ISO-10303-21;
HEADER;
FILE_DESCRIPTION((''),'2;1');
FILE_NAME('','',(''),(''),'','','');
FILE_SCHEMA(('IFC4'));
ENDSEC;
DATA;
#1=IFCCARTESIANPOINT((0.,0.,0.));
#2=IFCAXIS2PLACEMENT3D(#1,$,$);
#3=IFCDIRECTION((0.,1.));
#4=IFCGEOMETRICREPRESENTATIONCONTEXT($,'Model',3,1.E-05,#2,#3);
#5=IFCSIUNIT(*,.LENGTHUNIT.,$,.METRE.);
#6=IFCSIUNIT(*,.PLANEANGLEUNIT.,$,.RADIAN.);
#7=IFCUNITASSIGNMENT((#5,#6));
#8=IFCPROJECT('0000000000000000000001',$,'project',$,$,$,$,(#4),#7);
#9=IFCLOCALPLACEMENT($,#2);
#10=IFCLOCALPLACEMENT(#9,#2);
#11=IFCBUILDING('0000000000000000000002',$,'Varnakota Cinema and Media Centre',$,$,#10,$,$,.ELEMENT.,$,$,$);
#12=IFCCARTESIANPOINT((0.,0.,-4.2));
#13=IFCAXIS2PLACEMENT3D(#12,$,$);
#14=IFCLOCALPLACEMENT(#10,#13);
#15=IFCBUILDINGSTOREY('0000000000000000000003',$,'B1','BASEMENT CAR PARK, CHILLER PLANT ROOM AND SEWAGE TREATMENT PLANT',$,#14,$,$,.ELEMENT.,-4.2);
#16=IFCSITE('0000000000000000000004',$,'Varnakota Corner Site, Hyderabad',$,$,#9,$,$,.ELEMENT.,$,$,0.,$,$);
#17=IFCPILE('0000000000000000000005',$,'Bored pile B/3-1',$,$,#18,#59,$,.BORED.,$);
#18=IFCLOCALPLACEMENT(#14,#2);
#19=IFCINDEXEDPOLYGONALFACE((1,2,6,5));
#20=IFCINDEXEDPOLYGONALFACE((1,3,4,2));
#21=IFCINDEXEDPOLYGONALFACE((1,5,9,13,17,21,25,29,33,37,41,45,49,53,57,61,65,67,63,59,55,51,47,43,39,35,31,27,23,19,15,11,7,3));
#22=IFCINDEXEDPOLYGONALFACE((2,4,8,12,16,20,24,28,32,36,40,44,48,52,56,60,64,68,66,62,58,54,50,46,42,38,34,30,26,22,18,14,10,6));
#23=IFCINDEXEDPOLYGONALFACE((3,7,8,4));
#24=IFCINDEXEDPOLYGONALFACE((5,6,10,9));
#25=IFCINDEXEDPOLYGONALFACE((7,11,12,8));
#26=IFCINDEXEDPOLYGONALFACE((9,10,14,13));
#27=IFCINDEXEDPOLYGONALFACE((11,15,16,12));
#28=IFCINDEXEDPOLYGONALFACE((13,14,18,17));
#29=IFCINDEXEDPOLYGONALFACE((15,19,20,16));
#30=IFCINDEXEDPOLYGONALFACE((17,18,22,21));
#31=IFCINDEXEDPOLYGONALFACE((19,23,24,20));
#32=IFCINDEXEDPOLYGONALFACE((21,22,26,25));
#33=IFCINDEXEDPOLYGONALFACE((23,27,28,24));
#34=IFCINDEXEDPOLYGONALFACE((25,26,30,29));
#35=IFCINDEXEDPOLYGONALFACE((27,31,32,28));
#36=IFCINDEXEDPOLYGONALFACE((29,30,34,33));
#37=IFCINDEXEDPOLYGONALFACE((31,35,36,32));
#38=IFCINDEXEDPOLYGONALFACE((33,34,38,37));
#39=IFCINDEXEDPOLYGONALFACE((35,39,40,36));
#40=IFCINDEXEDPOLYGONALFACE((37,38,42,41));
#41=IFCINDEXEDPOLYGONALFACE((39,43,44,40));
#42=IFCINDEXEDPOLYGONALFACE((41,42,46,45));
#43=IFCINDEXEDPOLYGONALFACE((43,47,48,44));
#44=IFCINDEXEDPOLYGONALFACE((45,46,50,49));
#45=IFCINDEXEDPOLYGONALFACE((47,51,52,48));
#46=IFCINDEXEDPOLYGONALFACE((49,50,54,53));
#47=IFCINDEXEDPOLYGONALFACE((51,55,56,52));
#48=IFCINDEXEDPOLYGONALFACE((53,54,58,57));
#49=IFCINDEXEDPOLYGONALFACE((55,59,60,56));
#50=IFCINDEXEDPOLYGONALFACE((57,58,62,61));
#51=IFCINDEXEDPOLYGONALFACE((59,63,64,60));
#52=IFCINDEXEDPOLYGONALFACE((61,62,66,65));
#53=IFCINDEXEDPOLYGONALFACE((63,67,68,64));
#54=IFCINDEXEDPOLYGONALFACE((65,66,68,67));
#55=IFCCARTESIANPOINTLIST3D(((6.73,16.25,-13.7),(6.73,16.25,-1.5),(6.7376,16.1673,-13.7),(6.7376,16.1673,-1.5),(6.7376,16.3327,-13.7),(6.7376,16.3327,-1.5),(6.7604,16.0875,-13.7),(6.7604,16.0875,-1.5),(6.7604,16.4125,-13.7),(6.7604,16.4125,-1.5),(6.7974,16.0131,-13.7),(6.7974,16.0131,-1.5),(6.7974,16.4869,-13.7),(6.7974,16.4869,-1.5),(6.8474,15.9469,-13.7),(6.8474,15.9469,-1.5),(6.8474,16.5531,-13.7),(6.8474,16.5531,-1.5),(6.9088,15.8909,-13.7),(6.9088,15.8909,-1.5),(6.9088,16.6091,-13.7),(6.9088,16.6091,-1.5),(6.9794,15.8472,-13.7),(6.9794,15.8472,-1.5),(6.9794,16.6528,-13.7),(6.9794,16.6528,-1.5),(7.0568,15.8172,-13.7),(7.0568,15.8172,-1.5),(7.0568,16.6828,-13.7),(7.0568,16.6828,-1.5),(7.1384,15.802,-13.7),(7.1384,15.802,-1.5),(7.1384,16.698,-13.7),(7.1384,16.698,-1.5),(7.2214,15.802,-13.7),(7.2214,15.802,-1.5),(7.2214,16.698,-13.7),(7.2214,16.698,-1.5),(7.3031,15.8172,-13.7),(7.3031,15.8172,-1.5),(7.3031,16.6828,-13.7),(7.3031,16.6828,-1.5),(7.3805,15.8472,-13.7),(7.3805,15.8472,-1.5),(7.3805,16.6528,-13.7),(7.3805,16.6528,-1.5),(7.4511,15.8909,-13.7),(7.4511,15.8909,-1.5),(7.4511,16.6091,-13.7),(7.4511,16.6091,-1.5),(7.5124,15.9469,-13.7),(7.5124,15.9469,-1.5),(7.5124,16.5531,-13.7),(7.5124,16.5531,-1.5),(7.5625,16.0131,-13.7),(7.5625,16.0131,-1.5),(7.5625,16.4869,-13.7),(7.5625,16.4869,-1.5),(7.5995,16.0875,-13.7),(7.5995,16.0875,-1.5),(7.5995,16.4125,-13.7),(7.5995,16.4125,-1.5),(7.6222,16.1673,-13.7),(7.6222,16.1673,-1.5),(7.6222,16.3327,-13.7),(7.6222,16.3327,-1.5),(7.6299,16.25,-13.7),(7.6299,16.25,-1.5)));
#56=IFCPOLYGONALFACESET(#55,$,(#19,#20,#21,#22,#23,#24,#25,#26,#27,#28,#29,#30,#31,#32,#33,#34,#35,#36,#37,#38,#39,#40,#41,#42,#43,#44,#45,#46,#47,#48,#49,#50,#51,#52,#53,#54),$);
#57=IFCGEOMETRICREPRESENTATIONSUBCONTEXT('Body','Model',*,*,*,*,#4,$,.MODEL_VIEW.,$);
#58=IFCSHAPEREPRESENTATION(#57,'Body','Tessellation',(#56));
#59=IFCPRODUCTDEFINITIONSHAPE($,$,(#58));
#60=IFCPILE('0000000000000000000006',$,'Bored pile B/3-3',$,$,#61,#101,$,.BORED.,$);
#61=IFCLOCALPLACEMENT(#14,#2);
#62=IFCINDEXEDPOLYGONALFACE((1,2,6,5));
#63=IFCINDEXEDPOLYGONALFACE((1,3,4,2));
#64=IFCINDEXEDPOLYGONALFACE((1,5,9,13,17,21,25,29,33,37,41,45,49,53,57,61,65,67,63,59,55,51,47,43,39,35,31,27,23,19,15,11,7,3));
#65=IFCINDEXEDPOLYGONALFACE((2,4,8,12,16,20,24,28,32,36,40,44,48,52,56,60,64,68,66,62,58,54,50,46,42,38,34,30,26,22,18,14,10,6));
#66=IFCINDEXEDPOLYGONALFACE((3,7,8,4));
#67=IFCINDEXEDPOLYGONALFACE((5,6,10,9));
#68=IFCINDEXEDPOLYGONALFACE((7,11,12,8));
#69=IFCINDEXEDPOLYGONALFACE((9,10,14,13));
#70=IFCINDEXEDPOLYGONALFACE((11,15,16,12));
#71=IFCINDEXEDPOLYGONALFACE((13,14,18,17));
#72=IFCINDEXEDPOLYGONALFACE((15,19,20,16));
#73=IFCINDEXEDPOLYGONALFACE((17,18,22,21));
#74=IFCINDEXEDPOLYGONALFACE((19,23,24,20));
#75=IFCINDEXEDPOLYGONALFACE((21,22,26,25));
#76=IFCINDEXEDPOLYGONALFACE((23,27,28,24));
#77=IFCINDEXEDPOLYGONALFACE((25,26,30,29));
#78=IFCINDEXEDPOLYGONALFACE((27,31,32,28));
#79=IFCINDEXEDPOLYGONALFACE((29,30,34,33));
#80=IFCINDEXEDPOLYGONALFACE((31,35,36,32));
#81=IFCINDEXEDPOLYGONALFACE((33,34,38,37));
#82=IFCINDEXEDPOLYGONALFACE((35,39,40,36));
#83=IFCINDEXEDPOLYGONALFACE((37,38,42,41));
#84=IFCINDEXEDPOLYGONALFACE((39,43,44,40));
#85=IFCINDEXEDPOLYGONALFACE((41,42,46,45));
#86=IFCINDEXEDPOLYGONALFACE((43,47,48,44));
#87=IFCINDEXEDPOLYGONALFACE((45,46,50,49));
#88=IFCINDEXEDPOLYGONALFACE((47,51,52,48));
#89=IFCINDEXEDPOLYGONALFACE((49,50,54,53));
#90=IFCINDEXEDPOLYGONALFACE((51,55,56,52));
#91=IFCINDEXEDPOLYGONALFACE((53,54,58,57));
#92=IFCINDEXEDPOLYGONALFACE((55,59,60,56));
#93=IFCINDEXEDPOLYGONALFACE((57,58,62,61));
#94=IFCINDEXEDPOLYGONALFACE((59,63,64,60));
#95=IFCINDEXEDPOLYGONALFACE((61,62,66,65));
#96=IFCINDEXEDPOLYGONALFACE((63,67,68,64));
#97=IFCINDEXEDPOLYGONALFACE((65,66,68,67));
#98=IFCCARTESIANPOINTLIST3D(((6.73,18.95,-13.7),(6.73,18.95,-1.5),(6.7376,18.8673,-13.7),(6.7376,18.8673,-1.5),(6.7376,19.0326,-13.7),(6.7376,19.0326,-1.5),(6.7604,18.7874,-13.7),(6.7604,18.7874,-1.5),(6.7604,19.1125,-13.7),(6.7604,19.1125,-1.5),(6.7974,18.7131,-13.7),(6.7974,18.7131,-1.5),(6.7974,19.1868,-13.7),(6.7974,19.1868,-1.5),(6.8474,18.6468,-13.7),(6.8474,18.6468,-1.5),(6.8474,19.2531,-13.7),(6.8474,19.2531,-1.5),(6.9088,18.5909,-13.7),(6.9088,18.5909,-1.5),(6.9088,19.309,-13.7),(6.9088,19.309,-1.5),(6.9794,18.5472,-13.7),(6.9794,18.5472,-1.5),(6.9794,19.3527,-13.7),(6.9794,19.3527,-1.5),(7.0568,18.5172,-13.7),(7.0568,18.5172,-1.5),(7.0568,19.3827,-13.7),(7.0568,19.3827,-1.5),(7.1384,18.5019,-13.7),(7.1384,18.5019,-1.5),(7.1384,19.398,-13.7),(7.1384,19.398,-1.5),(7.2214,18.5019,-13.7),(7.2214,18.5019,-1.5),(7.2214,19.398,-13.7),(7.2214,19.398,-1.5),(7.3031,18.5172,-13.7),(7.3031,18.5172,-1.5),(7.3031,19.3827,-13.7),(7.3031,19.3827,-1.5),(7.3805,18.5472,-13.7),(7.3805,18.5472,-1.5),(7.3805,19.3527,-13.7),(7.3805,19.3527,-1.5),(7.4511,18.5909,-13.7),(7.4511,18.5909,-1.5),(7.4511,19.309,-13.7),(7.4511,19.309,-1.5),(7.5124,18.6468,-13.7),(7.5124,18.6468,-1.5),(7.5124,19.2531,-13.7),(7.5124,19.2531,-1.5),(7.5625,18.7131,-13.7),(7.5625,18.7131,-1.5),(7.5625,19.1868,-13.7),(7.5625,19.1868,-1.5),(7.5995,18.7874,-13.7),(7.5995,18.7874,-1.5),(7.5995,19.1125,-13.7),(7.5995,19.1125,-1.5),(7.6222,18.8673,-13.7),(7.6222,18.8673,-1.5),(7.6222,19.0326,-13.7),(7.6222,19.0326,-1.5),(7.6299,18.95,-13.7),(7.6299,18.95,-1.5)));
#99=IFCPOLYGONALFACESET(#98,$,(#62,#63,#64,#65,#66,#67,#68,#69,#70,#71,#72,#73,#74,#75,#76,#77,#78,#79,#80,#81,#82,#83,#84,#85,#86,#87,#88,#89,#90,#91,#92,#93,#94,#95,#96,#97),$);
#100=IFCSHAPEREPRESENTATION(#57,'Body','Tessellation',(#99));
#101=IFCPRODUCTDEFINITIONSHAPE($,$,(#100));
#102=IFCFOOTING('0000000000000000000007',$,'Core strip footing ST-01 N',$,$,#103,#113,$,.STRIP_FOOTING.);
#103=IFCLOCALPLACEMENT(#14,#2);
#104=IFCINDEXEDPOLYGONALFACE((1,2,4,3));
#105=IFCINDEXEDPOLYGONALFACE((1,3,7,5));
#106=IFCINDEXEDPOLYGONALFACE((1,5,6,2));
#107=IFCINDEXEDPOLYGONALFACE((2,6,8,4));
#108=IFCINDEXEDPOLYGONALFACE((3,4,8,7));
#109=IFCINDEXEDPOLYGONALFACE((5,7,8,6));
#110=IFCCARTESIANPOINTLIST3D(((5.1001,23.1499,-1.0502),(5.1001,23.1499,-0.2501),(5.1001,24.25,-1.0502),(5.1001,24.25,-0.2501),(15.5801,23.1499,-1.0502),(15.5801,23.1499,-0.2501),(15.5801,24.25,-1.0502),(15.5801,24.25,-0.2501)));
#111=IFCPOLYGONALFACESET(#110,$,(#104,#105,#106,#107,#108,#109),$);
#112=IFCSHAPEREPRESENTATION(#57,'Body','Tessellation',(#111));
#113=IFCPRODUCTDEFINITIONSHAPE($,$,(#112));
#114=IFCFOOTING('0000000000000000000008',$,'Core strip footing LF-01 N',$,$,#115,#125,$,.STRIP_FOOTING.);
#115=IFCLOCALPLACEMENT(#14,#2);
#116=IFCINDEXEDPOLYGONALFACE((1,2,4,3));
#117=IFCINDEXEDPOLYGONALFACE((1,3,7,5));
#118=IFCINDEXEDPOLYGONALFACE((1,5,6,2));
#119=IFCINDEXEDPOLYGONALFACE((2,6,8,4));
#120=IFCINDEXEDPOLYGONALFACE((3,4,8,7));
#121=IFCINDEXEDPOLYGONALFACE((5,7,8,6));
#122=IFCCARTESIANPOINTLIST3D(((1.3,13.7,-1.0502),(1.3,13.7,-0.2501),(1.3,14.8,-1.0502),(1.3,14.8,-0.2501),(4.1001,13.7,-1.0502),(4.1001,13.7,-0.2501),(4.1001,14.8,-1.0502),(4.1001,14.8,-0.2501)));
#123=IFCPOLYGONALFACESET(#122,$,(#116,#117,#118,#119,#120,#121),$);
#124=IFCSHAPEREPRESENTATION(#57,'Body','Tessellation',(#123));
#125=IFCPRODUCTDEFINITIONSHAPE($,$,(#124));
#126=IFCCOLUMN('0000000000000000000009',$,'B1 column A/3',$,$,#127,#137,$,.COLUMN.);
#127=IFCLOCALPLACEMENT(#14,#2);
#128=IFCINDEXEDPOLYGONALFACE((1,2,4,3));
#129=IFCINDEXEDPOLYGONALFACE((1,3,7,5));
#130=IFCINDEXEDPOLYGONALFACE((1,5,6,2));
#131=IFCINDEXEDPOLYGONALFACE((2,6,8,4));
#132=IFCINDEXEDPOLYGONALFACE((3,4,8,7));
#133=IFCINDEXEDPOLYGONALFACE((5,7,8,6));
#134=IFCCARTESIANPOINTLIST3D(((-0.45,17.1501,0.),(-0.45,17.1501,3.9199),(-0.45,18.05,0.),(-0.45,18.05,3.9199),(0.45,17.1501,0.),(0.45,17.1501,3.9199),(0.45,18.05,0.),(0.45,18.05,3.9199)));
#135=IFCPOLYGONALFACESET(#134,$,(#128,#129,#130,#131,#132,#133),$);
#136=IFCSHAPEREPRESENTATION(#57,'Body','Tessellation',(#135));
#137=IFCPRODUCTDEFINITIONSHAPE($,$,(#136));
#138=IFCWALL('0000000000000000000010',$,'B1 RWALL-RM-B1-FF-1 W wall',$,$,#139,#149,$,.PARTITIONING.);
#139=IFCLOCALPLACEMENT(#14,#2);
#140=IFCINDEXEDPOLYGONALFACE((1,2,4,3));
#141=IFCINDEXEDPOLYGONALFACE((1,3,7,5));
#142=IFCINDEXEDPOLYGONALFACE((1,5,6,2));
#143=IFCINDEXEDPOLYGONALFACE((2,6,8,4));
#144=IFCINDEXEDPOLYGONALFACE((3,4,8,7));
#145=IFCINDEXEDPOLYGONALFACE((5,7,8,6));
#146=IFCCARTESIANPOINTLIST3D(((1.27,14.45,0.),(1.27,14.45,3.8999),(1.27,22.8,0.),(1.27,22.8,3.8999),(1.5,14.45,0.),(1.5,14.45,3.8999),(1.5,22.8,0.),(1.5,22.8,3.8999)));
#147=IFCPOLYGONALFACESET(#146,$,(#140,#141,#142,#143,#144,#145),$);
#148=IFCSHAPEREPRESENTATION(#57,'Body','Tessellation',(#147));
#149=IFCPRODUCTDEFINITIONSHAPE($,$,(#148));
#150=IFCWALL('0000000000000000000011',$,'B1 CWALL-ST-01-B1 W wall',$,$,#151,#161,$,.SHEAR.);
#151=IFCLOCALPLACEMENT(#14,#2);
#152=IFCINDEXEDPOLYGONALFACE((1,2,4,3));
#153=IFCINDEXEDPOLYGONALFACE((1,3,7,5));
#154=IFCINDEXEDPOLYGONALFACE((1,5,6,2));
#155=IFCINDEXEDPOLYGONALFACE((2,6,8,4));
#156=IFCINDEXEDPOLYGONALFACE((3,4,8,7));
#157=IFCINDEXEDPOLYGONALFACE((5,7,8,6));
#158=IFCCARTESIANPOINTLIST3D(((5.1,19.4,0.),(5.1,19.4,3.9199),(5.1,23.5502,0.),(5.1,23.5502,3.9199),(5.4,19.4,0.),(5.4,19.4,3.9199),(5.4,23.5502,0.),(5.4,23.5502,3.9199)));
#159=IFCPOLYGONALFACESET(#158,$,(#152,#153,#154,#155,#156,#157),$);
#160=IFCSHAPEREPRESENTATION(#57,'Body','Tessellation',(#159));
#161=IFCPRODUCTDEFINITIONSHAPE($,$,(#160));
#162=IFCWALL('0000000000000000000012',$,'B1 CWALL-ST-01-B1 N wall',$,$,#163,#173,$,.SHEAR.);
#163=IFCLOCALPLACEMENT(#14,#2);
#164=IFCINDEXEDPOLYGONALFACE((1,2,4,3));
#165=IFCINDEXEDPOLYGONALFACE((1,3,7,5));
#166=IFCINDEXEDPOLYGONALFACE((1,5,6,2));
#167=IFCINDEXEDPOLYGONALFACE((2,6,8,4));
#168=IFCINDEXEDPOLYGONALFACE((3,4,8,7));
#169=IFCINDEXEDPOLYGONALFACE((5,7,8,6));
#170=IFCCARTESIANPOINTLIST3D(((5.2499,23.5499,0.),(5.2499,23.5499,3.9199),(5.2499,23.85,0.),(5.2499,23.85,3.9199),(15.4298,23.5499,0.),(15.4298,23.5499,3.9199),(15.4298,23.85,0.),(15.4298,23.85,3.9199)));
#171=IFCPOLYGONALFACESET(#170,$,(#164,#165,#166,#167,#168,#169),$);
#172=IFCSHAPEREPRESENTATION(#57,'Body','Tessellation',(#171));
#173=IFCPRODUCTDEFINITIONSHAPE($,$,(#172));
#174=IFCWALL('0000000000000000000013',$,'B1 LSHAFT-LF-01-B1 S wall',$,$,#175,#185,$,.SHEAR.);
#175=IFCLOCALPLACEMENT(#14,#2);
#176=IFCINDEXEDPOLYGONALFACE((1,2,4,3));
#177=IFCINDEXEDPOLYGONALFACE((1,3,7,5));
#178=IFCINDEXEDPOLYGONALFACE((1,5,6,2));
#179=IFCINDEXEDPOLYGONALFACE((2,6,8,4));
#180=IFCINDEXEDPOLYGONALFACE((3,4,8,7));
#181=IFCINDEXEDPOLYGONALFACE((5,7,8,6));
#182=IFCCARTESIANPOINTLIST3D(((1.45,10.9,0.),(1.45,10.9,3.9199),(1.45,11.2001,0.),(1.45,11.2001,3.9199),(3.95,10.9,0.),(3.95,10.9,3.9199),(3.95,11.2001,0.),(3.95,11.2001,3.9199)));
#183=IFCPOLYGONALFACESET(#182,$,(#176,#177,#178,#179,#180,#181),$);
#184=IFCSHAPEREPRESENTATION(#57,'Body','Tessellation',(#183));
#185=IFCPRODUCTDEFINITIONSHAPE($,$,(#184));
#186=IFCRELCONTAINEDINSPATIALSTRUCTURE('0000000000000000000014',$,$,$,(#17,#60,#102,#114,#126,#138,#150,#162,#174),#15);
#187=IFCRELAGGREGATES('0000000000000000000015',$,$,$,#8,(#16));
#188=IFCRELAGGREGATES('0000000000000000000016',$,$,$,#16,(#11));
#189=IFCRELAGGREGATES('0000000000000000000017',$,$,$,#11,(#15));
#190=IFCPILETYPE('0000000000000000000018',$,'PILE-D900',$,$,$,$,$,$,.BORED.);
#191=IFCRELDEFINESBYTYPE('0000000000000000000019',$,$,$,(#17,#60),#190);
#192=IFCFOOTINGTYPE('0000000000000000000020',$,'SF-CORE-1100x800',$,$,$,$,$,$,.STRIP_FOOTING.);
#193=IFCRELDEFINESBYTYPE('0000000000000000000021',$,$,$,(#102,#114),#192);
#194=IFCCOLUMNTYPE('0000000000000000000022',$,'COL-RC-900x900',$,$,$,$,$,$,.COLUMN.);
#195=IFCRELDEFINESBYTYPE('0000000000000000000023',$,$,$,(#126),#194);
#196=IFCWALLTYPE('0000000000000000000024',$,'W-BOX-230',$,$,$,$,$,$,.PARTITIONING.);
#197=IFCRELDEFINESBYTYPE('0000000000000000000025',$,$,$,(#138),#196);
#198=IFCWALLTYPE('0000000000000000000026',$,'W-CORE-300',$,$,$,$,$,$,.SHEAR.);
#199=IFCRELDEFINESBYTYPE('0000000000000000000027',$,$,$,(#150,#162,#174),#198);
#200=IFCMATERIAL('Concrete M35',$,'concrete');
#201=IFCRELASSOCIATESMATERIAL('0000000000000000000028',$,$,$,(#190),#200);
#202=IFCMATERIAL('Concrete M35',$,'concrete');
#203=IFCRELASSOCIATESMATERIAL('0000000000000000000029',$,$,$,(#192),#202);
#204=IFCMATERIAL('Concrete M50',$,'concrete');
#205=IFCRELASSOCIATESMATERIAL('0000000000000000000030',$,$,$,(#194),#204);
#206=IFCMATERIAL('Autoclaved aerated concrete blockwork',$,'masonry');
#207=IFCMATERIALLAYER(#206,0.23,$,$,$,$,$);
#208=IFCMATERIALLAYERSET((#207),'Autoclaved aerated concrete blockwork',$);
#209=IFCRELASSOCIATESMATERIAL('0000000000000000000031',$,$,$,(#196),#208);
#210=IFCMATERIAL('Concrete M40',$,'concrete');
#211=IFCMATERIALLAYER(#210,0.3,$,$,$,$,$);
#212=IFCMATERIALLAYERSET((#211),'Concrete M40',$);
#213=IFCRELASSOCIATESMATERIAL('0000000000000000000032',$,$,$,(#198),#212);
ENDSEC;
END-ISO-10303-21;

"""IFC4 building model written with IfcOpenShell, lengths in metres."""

from ifc_helpers import new_model, si_unit, direction, frame, frame_2d, origin, origin_2d, place, context, subcontext, project, spatial, rectangle, circle, extrude, material, layer, layer_set, material_profile, profile_set, type_object, element, save


model = new_model("IFC4")

# Units and contexts
model_context = context("Model", 3, precision=1e-05, world=origin(), true_north=direction((0.0, 1.0)))
body_context = subcontext(model_context, "Body", "Model", "MODEL_VIEW")
ifc_project = project(units=[si_unit("LENGTHUNIT", "METRE"), si_unit("PLANEANGLEUNIT", "RADIAN")], contexts=[model_context])

# Site, building, storey
site_placement = place(None, origin())
site = spatial("IfcSite", under=ifc_project, at=site_placement, Name="Varnakota Corner Site, Hyderabad", CompositionType="ELEMENT", RefElevation=0.0)
building_placement = place(site_placement, origin())
building = spatial("IfcBuilding", under=site, at=building_placement, Name="Varnakota Cinema and Media Centre", CompositionType="ELEMENT")
storey_placement = place(building_placement, frame((0.0, 0.0, -4.2)))
storey = spatial("IfcBuildingStorey", under=building, at=storey_placement, Name="B1", Description="BASEMENT CAR PARK, CHILLER PLANT ROOM AND SEWAGE TREATMENT PLANT", CompositionType="ELEMENT", Elevation=-4.2)

# Piles
ifc_material_1 = material(Name="Concrete M35", Category="concrete")
ifc_material_profile_1 = material_profile(ifc_material_1, circle(Radius=0.45, at=origin_2d()), Name="PILE D900")
ifc_profile_set_1 = profile_set([ifc_material_profile_1], Name="Concrete M35")
pile_type_1 = type_object("IfcPileType", Name="PILE-D900", PredefinedType="BORED", material=ifc_profile_set_1)
for number, where, z_axis, x_axis, name in (
    (1, (7.1799, 16.25, -1.5), (0.0, 0.0, -1.0), (1.0, 0.0, 0.0), "Bored pile B/3-1"),
    (2, (7.1799, 18.95, -1.5), (0.0, 0.0, -1.0), (1.0, 0.0, 0.0), "Bored pile B/3-3"),
):
    element("IfcPile", number, at=place(storey_placement, frame(where, z_axis=z_axis, x_axis=x_axis)), inside=storey, type_object=pile_type_1, Name=name, PredefinedType="BORED", context=body_context, shape_type="SweptSolid", body=[
        extrude(circle(Radius=0.45, at=origin_2d()), origin(), (0.0, 0.0, 1.0), 12.2),
    ])

# Footings
ifc_material_2 = material(Name="Concrete M35", Category="concrete")
ifc_material_profile_2 = material_profile(ifc_material_2, rectangle(XDim=1.1001, YDim=0.8, at=origin_2d()), Name="SF 1100x800")
ifc_profile_set_2 = profile_set([ifc_material_profile_2], Name="Concrete M35")
footing_type_1 = type_object("IfcFootingType", Name="SF-CORE-1100x800", PredefinedType="STRIP_FOOTING", material=ifc_profile_set_2)
footing_1_placement = place(storey_placement, frame((5.1001, 23.7, -0.6501), z_axis=(1.0, 0.0, 0.0), x_axis=(0.0, 1.0, 0.0)))
element("IfcFooting", 3, at=footing_1_placement, inside=storey, type_object=footing_type_1, Name="Core strip footing ST-01 N", PredefinedType="STRIP_FOOTING", context=body_context, shape_type="SweptSolid", body=[
    extrude(rectangle(XDim=1.1001, YDim=0.8, at=origin_2d()), origin(), (0.0, 0.0, 1.0), 10.48),
])
footing_2_placement = place(storey_placement, frame((1.3, 14.25, -0.6501), z_axis=(1.0, 0.0, 0.0), x_axis=(0.0, 1.0, 0.0)))
element("IfcFooting", 4, at=footing_2_placement, inside=storey, type_object=footing_type_1, Name="Core strip footing LF-01 N", PredefinedType="STRIP_FOOTING", context=body_context, shape_type="SweptSolid", body=[
    extrude(rectangle(XDim=1.1001, YDim=0.8, at=origin_2d()), origin(), (0.0, 0.0, 1.0), 2.8),
])

# Column
ifc_material_3 = material(Name="Concrete M50", Category="concrete")
ifc_material_profile_3 = material_profile(ifc_material_3, rectangle(XDim=0.8999, YDim=0.8999, at=origin_2d()), Name="RC 900x900")
ifc_profile_set_3 = profile_set([ifc_material_profile_3], Name="Concrete M50")
column_type = type_object("IfcColumnType", Name="COL-RC-900x900", PredefinedType="COLUMN", material=ifc_profile_set_3)
column_placement = place(storey_placement, frame((0.0, 17.6001, 0.0), z_axis=(0.0, 0.0, 1.0), x_axis=(1.0, 0.0, 0.0)))
element("IfcColumn", 5, at=column_placement, inside=storey, type_object=column_type, Name="B1 column A/3", PredefinedType="COLUMN", context=body_context, shape_type="SweptSolid", body=[
    extrude(rectangle(XDim=0.8999, YDim=0.8999, at=origin_2d()), origin(), (0.0, 0.0, 1.0), 3.9199),
])

# Wall
ifc_material_4 = material(Name="Autoclaved aerated concrete blockwork", Category="masonry")
ifc_layer_1 = layer(ifc_material_4, 0.23)
ifc_layer_set_1 = layer_set([ifc_layer_1], Name="Autoclaved aerated concrete blockwork")
wall_type_1 = type_object("IfcWallType", Name="W-BOX-230", PredefinedType="PARTITIONING", material=ifc_layer_set_1)
wall_1_placement = place(storey_placement, frame((1.385, 14.45, 0.0), z_axis=(0.0, 0.0, 1.0), x_axis=(0.0, 1.0, 0.0)))
element("IfcWall", 6, at=wall_1_placement, inside=storey, type_object=wall_type_1, Name="B1 RWALL-RM-B1-FF-1 W wall", PredefinedType="PARTITIONING", context=body_context, shape_type="SweptSolid", body=[
    extrude(rectangle(XDim=8.3501, YDim=0.23, at=frame_2d((4.175, 0.0))), origin(), (0.0, 0.0, 1.0), 3.8999),
])

# Walls
ifc_material_5 = material(Name="Concrete M40", Category="concrete")
ifc_layer_2 = layer(ifc_material_5, 0.3)
ifc_layer_set_2 = layer_set([ifc_layer_2], Name="Concrete M40")
wall_type_2 = type_object("IfcWallType", Name="W-CORE-300", PredefinedType="SHEAR", material=ifc_layer_set_2)
wall_2_placement = place(storey_placement, frame((5.25, 19.3999, 0.0), z_axis=(0.0, 0.0, 1.0), x_axis=(0.0, 1.0, 0.0)))
element("IfcWall", 7, at=wall_2_placement, inside=storey, type_object=wall_type_2, Name="B1 CWALL-ST-01-B1 W wall", PredefinedType="SHEAR", context=body_context, shape_type="SweptSolid", body=[
    extrude(rectangle(XDim=4.1501, YDim=0.3, at=frame_2d((2.0752, 0.0))), origin(), (0.0, 0.0, 1.0), 3.9199),
])
wall_3_placement = place(storey_placement, frame((5.25, 23.7, 0.0), z_axis=(0.0, 0.0, 1.0), x_axis=(1.0, 0.0, 0.0)))
element("IfcWall", 8, at=wall_3_placement, inside=storey, type_object=wall_type_2, Name="B1 CWALL-ST-01-B1 N wall", PredefinedType="SHEAR", context=body_context, shape_type="SweptSolid", body=[
    extrude(rectangle(XDim=10.1799, YDim=0.3, at=frame_2d((5.0898, 0.0))), origin(), (0.0, 0.0, 1.0), 3.9199),
])
wall_4_placement = place(storey_placement, frame((3.95, 11.05, 0.0), z_axis=(0.0, 0.0, 1.0), x_axis=(-1.0, 0.0, 0.0)))
element("IfcWall", 9, at=wall_4_placement, inside=storey, type_object=wall_type_2, Name="B1 LSHAFT-LF-01-B1 S wall", PredefinedType="SHEAR", context=body_context, shape_type="SweptSolid", body=[
    extrude(rectangle(XDim=2.5, YDim=0.3, at=frame_2d((1.25, 0.0))), origin(), (0.0, 0.0, 1.0), 3.9199),
])

save(model, "model.ifc")
